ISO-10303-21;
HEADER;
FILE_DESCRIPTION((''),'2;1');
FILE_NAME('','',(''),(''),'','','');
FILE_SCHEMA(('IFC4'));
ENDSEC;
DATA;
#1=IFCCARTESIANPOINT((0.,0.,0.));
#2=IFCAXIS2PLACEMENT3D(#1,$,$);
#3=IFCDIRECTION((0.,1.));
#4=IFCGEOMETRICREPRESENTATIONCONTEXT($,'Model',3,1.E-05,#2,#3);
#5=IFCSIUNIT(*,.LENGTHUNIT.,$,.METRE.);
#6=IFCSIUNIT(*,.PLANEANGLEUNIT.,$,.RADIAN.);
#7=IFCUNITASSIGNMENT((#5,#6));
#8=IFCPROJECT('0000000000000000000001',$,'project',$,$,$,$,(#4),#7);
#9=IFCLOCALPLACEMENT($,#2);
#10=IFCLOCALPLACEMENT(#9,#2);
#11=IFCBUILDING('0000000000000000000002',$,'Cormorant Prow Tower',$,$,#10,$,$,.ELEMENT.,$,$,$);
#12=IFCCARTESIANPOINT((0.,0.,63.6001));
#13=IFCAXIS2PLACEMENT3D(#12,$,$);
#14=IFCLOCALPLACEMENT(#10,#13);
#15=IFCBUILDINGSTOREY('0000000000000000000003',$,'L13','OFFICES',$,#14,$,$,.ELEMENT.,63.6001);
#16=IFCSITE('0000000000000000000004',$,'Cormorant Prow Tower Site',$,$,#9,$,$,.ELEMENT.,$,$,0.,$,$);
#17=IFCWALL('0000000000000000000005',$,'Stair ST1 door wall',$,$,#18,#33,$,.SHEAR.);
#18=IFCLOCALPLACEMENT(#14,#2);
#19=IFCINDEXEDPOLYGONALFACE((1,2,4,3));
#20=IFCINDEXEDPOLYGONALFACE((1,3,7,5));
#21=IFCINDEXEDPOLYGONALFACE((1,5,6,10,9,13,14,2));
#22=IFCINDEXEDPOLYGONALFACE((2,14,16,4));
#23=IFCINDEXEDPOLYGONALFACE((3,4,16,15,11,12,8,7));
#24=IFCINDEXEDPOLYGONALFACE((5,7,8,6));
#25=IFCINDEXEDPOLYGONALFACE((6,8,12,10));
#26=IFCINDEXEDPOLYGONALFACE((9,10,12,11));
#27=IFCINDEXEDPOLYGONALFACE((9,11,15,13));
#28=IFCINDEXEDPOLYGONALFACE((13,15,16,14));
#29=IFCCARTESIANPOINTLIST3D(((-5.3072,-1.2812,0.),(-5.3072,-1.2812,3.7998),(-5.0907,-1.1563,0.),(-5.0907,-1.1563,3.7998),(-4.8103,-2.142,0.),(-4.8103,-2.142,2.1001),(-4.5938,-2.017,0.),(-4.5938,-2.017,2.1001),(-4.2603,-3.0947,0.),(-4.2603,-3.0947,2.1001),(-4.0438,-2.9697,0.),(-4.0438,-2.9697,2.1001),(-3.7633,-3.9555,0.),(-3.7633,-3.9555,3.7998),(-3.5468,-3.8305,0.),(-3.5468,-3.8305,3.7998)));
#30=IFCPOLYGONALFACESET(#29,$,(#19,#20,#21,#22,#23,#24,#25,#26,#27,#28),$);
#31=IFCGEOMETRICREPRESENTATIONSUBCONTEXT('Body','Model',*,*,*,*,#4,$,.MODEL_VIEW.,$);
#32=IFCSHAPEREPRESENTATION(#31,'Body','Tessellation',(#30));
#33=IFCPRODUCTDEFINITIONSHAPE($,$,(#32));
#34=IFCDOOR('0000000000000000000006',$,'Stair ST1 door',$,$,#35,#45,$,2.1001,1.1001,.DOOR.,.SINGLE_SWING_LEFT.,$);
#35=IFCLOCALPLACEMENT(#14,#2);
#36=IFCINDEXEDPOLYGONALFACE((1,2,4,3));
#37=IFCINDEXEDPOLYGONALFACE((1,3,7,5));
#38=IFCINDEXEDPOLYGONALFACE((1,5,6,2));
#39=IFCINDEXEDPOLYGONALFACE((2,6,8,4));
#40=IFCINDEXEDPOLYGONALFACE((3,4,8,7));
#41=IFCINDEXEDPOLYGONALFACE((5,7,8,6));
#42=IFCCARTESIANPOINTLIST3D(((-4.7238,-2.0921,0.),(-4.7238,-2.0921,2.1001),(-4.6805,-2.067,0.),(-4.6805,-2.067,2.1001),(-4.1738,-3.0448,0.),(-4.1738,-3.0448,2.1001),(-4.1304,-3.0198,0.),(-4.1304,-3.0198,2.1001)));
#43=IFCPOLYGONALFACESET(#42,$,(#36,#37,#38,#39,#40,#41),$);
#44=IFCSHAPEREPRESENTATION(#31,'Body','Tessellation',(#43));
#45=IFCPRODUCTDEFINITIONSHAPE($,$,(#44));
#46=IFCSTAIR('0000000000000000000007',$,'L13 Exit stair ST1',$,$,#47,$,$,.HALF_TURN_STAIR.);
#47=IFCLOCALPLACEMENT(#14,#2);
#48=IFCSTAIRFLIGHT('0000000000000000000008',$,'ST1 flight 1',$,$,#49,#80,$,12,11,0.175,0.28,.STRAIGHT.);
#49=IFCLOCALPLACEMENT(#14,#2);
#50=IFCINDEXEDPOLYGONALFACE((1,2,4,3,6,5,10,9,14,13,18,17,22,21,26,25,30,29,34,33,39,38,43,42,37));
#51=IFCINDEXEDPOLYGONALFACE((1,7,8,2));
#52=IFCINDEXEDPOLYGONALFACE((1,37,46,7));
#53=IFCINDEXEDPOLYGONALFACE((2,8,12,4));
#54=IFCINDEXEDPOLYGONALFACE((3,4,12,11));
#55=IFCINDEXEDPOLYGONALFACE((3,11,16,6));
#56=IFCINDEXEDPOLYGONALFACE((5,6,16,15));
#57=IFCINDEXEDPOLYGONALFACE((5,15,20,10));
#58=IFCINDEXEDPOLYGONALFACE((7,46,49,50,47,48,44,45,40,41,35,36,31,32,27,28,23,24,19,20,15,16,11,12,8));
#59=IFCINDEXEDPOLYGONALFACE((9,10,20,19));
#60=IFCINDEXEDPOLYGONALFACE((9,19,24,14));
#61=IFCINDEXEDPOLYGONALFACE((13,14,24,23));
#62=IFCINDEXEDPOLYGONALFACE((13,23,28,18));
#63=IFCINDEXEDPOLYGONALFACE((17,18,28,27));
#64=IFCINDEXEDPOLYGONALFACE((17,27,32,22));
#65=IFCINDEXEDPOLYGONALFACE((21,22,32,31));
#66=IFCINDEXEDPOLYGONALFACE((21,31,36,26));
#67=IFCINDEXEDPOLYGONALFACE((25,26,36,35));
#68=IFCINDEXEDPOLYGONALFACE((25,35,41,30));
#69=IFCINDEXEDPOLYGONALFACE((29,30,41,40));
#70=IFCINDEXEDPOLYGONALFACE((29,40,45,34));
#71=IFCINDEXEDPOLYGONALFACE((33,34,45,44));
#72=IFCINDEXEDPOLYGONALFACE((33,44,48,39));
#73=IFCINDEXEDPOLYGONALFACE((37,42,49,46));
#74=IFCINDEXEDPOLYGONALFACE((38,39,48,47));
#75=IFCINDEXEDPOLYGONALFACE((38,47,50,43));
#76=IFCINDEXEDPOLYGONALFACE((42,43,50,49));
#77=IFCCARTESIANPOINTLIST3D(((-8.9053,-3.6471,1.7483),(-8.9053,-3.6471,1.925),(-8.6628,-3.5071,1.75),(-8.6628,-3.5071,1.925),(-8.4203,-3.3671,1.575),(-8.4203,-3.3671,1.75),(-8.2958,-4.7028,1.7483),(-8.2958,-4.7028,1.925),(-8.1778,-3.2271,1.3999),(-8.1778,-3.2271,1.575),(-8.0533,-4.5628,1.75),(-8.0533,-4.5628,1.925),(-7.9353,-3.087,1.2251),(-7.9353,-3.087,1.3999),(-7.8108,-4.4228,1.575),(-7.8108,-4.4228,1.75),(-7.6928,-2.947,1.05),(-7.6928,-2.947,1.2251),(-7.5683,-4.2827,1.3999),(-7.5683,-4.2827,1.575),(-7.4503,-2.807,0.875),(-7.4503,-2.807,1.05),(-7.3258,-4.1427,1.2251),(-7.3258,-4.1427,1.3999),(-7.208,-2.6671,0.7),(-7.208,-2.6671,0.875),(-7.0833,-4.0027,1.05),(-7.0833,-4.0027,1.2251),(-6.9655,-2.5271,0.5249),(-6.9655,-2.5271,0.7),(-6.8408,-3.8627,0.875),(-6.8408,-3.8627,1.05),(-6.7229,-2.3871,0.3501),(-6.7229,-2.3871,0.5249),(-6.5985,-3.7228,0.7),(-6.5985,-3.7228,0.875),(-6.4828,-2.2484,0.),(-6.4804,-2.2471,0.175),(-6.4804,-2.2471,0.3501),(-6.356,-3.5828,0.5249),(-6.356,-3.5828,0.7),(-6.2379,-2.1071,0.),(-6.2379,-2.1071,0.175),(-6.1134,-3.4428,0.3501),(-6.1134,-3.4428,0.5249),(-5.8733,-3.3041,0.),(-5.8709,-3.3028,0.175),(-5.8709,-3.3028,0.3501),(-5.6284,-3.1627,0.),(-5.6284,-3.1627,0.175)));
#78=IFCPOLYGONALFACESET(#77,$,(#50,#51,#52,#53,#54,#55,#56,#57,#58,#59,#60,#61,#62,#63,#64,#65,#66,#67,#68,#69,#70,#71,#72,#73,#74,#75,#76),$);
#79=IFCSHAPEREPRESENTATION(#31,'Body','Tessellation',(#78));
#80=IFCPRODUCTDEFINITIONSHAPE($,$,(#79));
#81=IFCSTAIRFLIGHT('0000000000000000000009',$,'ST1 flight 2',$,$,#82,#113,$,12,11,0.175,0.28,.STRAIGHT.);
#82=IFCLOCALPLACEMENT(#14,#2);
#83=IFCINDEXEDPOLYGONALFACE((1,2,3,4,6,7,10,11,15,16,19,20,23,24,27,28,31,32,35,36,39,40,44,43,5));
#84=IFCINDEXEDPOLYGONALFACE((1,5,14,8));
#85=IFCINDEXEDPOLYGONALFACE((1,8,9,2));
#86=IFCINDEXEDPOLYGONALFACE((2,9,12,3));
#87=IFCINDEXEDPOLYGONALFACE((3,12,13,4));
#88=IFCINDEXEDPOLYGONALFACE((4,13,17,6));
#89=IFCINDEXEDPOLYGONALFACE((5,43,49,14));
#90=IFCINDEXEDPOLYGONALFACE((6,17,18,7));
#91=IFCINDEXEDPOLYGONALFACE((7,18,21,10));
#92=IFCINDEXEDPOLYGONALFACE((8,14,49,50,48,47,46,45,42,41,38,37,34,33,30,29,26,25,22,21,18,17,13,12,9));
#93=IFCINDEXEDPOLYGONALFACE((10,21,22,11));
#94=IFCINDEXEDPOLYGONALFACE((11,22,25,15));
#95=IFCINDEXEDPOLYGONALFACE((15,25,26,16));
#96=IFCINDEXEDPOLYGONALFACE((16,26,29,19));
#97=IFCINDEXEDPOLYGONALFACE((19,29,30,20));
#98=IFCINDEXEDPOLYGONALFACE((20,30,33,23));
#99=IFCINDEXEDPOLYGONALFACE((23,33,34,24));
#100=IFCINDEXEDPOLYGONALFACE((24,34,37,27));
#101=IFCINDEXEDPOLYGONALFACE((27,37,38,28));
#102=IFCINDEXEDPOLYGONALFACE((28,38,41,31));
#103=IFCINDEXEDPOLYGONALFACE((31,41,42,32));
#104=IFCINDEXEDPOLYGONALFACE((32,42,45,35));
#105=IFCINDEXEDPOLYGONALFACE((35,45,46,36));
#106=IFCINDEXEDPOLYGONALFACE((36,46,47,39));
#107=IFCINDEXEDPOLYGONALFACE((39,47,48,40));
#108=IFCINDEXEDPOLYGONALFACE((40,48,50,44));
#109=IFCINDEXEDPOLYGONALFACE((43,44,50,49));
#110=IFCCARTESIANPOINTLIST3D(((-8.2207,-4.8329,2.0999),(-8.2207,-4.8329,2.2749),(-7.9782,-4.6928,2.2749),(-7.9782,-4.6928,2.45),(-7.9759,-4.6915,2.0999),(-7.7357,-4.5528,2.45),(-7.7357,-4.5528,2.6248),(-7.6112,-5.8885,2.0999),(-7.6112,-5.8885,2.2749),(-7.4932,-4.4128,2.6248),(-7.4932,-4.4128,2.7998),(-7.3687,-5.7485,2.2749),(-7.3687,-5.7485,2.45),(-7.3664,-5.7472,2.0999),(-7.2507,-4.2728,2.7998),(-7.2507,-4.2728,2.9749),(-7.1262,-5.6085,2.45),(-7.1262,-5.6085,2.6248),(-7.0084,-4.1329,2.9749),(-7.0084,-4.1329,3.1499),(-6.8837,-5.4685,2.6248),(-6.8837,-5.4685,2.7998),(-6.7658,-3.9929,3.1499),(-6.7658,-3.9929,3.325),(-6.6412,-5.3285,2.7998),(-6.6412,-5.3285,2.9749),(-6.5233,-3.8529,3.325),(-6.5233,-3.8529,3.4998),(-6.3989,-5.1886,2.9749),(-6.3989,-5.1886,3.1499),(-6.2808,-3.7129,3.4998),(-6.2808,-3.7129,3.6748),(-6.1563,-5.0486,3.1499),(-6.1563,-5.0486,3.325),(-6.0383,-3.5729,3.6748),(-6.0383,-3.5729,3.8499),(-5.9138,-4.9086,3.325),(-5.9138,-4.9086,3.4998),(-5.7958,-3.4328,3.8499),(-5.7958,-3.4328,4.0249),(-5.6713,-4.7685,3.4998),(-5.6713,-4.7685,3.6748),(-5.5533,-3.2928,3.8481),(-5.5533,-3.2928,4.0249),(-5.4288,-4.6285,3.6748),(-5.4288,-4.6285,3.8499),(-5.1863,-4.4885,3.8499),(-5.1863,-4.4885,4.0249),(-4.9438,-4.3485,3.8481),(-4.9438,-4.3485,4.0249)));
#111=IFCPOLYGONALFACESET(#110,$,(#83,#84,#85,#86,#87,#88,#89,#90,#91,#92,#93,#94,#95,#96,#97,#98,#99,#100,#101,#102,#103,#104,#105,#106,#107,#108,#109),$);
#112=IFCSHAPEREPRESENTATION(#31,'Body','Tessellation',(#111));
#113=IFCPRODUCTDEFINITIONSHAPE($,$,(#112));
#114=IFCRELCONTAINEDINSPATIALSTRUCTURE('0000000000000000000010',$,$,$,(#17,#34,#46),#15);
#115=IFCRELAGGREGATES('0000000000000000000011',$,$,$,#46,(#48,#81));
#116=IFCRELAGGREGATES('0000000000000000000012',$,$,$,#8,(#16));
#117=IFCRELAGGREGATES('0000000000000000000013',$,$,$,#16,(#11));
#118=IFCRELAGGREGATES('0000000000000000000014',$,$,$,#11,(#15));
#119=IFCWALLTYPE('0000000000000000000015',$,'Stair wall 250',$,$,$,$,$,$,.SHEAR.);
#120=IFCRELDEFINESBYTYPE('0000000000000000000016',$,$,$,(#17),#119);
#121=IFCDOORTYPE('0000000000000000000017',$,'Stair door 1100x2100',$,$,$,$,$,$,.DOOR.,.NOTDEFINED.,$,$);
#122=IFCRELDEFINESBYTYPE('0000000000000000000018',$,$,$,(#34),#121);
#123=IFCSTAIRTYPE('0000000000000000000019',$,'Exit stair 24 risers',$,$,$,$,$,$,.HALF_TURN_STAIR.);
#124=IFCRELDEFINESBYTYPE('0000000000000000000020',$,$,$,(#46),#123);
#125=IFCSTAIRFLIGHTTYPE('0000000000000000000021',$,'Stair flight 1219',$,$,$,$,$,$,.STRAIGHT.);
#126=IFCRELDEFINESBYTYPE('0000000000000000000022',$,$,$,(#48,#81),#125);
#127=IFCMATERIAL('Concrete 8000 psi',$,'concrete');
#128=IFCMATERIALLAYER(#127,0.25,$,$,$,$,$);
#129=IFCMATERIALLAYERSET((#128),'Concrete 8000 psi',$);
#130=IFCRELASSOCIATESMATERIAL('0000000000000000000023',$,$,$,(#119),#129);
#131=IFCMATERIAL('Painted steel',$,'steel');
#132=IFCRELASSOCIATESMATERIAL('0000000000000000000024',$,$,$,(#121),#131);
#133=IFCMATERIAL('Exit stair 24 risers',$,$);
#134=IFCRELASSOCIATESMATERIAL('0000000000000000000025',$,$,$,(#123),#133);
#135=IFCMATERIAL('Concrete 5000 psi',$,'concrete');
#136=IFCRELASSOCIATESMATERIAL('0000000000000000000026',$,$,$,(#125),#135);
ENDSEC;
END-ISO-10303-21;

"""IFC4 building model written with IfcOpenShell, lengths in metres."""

from ifc_helpers import new_model, si_unit, direction, frame, frame_2d, origin, place, context, subcontext, project, spatial, polyline, rectangle, outline, extrude, material, layer, layer_set, type_object, element, fill, aggregate, save


model = new_model("IFC4")

# Units and contexts
model_context = context("Model", 3, precision=1e-05, world=origin(), true_north=direction((0.0, 1.0)))
body_context = subcontext(model_context, "Body", "Model", "MODEL_VIEW")
ifc_project = project(units=[si_unit("LENGTHUNIT", "METRE"), si_unit("PLANEANGLEUNIT", "RADIAN")], contexts=[model_context])

# Site, building, storey
site_placement = place(None, origin())
site = spatial("IfcSite", under=ifc_project, at=site_placement, Name="Cormorant Prow Tower Site", CompositionType="ELEMENT", RefElevation=0.0)
building_placement = place(site_placement, origin())
building = spatial("IfcBuilding", under=site, at=building_placement, Name="Cormorant Prow Tower", CompositionType="ELEMENT")
storey_placement = place(building_placement, frame((0.0, 0.0, 63.6001)))
storey = spatial("IfcBuildingStorey", under=building, at=storey_placement, Name="L13", Description="OFFICES", CompositionType="ELEMENT", Elevation=63.6001)

# Wall, opening, door
ifc_material_1 = material(Name="Concrete 8000 psi", Category="concrete")
ifc_layer_1 = layer(ifc_material_1, 0.25)
ifc_layer_set_1 = layer_set([ifc_layer_1], Name="Concrete 8000 psi")
wall_type_1 = type_object("IfcWallType", Name="Stair wall 250", PredefinedType="SHEAR", material=ifc_layer_set_1)
wall_1_placement = place(storey_placement, frame((-5.199, -1.2188, 0.0), z_axis=(0.0, 0.0, 1.0), x_axis=(0.499983, -0.866035, 0.0)))
wall_1 = element("IfcWall", 1, at=wall_1_placement, inside=storey, type_object=wall_type_1, Name="Stair ST1 door wall", PredefinedType="SHEAR", context=body_context, shape_type="SweptSolid", body=[
    extrude(rectangle(XDim=3.0879, YDim=0.25, at=frame_2d((1.5439, 0.0))), origin(), (0.0, 0.0, 1.0), 3.7998),
])
opening_1_placement = place(wall_1_placement, frame((0.9939, 0.0, 0.0)))
opening_1 = element("IfcOpeningElement", 2, at=opening_1_placement, cuts=wall_1, PredefinedType="OPENING", context=body_context, shape_type="SweptSolid", body=[
    extrude(rectangle(XDim=1.1001, YDim=2.1001, at=frame_2d((0.55, 1.05))), frame((0.0, 0.135, 0.0), z_axis=(0.0, -1.0, 0.0), x_axis=(1.0, 0.0, 0.0)), (0.0, 0.0, 1.0), 0.27),
])
ifc_material_2 = material(Name="Painted steel", Category="steel")
door_type_1 = type_object("IfcDoorType", Name="Stair door 1100x2100", OperationType="NOTDEFINED", PredefinedType="DOOR", material=ifc_material_2)
door_1_placement = place(opening_1_placement, origin())
door_1 = element("IfcDoor", 3, at=door_1_placement, inside=storey, type_object=door_type_1, Name="Stair ST1 door", OperationType="SINGLE_SWING_LEFT", OverallHeight=2.1001, OverallWidth=1.1001, PredefinedType="DOOR", context=body_context, shape_type="SweptSolid", body=[
    extrude(rectangle(XDim=1.1001, YDim=2.1001, at=frame_2d((0.55, 1.05))), frame((0.0, 0.0249, 0.0), z_axis=(0.0, -1.0, 0.0), x_axis=(1.0, 0.0, 0.0)), (0.0, 0.0, 1.0), 0.05),
])
fill(opening_1, door_1)

# Stair, stair flights
ifc_material_3 = material(Name="Exit stair 24 risers")
stair_type = type_object("IfcStairType", Name="Exit stair 24 risers", PredefinedType="HALF_TURN_STAIR", material=ifc_material_3)
stair_placement = place(storey_placement, origin())
stair = element("IfcStair", 4, at=stair_placement, inside=storey, type_object=stair_type, Name="L13 Exit stair ST1", PredefinedType="HALF_TURN_STAIR")
ifc_material_4 = material(Name="Concrete 5000 psi", Category="concrete")
stair_flight_type = type_object("IfcStairFlightType", Name="Stair flight 1219", PredefinedType="STRAIGHT", material=ifc_material_4)
stair_flight_1_placement = place(storey_placement, frame((-5.9331, -2.635, 0.0), z_axis=(0.0, 0.0, 1.0), x_axis=(-0.866025, -0.5, 0.0)))
stair_flight_1 = element("IfcStairFlight", 5, at=stair_flight_1_placement, type_object=stair_flight_type, Name="ST1 flight 1", NumberOfRisers=12, NumberOfTreads=11, PredefinedType="STRAIGHT", RiserHeight=0.175, TreadLength=0.28, context=body_context, shape_type="SweptSolid", body=[
    extrude(outline(polyline([(0.0, 0.0), (0.0, 0.175), (0.28, 0.175), (0.28, 0.3501), (0.5601, 0.3501), (0.5601, 0.5249), (0.8401, 0.5249), (0.8401, 0.7), (1.1201, 0.7), (1.1201, 0.875), (1.3999, 0.875), (1.3999, 1.05), (1.6799, 1.05), (1.6799, 1.2251), (1.96, 1.2251), (1.96, 1.3999), (2.24, 1.3999), (2.24, 1.575), (2.52, 1.575), (2.52, 1.75), (2.8, 1.75), (2.8, 1.925), (3.0801, 1.925), (3.0801, 2.1001), (3.0801, 1.7483), (0.2827, 0.0), (0.0, 0.0)])), frame((0.0, 0.6094, 0.0), z_axis=(0.0, -1.0, 0.0), x_axis=(1.0, 0.0, 0.0)), (0.0, 0.0, 1.0), 1.219),
])
stair_flight_2_placement = place(storey_placement, frame((-7.916, -5.3606, 2.0999), z_axis=(0.0, 0.0, 1.0), x_axis=(0.866025, 0.5, 0.0)))
stair_flight_2 = element("IfcStairFlight", 6, at=stair_flight_2_placement, type_object=stair_flight_type, Name="ST1 flight 2", NumberOfRisers=12, NumberOfTreads=11, PredefinedType="STRAIGHT", RiserHeight=0.175, TreadLength=0.28, context=body_context, shape_type="SweptSolid", body=[
    extrude(outline(polyline([(0.0, 0.0), (0.0, 0.175), (0.28, 0.175), (0.28, 0.3501), (0.5601, 0.3501), (0.5601, 0.5249), (0.8401, 0.5249), (0.8401, 0.7), (1.1201, 0.7), (1.1201, 0.875), (1.3999, 0.875), (1.3999, 1.05), (1.6799, 1.05), (1.6799, 1.2251), (1.96, 1.2251), (1.96, 1.3999), (2.24, 1.3999), (2.24, 1.575), (2.52, 1.575), (2.52, 1.75), (2.8, 1.75), (2.8, 1.925), (3.0801, 1.925), (3.0801, 2.1001), (3.0801, 1.7483), (0.2827, 0.0), (0.0, 0.0)])), frame((0.0, 0.6094, 0.0), z_axis=(0.0, -1.0, 0.0), x_axis=(1.0, 0.0, 0.0)), (0.0, 0.0, 1.0), 1.219),
])
aggregate(stair, [stair_flight_1, stair_flight_2])

save(model, "model.ifc")
